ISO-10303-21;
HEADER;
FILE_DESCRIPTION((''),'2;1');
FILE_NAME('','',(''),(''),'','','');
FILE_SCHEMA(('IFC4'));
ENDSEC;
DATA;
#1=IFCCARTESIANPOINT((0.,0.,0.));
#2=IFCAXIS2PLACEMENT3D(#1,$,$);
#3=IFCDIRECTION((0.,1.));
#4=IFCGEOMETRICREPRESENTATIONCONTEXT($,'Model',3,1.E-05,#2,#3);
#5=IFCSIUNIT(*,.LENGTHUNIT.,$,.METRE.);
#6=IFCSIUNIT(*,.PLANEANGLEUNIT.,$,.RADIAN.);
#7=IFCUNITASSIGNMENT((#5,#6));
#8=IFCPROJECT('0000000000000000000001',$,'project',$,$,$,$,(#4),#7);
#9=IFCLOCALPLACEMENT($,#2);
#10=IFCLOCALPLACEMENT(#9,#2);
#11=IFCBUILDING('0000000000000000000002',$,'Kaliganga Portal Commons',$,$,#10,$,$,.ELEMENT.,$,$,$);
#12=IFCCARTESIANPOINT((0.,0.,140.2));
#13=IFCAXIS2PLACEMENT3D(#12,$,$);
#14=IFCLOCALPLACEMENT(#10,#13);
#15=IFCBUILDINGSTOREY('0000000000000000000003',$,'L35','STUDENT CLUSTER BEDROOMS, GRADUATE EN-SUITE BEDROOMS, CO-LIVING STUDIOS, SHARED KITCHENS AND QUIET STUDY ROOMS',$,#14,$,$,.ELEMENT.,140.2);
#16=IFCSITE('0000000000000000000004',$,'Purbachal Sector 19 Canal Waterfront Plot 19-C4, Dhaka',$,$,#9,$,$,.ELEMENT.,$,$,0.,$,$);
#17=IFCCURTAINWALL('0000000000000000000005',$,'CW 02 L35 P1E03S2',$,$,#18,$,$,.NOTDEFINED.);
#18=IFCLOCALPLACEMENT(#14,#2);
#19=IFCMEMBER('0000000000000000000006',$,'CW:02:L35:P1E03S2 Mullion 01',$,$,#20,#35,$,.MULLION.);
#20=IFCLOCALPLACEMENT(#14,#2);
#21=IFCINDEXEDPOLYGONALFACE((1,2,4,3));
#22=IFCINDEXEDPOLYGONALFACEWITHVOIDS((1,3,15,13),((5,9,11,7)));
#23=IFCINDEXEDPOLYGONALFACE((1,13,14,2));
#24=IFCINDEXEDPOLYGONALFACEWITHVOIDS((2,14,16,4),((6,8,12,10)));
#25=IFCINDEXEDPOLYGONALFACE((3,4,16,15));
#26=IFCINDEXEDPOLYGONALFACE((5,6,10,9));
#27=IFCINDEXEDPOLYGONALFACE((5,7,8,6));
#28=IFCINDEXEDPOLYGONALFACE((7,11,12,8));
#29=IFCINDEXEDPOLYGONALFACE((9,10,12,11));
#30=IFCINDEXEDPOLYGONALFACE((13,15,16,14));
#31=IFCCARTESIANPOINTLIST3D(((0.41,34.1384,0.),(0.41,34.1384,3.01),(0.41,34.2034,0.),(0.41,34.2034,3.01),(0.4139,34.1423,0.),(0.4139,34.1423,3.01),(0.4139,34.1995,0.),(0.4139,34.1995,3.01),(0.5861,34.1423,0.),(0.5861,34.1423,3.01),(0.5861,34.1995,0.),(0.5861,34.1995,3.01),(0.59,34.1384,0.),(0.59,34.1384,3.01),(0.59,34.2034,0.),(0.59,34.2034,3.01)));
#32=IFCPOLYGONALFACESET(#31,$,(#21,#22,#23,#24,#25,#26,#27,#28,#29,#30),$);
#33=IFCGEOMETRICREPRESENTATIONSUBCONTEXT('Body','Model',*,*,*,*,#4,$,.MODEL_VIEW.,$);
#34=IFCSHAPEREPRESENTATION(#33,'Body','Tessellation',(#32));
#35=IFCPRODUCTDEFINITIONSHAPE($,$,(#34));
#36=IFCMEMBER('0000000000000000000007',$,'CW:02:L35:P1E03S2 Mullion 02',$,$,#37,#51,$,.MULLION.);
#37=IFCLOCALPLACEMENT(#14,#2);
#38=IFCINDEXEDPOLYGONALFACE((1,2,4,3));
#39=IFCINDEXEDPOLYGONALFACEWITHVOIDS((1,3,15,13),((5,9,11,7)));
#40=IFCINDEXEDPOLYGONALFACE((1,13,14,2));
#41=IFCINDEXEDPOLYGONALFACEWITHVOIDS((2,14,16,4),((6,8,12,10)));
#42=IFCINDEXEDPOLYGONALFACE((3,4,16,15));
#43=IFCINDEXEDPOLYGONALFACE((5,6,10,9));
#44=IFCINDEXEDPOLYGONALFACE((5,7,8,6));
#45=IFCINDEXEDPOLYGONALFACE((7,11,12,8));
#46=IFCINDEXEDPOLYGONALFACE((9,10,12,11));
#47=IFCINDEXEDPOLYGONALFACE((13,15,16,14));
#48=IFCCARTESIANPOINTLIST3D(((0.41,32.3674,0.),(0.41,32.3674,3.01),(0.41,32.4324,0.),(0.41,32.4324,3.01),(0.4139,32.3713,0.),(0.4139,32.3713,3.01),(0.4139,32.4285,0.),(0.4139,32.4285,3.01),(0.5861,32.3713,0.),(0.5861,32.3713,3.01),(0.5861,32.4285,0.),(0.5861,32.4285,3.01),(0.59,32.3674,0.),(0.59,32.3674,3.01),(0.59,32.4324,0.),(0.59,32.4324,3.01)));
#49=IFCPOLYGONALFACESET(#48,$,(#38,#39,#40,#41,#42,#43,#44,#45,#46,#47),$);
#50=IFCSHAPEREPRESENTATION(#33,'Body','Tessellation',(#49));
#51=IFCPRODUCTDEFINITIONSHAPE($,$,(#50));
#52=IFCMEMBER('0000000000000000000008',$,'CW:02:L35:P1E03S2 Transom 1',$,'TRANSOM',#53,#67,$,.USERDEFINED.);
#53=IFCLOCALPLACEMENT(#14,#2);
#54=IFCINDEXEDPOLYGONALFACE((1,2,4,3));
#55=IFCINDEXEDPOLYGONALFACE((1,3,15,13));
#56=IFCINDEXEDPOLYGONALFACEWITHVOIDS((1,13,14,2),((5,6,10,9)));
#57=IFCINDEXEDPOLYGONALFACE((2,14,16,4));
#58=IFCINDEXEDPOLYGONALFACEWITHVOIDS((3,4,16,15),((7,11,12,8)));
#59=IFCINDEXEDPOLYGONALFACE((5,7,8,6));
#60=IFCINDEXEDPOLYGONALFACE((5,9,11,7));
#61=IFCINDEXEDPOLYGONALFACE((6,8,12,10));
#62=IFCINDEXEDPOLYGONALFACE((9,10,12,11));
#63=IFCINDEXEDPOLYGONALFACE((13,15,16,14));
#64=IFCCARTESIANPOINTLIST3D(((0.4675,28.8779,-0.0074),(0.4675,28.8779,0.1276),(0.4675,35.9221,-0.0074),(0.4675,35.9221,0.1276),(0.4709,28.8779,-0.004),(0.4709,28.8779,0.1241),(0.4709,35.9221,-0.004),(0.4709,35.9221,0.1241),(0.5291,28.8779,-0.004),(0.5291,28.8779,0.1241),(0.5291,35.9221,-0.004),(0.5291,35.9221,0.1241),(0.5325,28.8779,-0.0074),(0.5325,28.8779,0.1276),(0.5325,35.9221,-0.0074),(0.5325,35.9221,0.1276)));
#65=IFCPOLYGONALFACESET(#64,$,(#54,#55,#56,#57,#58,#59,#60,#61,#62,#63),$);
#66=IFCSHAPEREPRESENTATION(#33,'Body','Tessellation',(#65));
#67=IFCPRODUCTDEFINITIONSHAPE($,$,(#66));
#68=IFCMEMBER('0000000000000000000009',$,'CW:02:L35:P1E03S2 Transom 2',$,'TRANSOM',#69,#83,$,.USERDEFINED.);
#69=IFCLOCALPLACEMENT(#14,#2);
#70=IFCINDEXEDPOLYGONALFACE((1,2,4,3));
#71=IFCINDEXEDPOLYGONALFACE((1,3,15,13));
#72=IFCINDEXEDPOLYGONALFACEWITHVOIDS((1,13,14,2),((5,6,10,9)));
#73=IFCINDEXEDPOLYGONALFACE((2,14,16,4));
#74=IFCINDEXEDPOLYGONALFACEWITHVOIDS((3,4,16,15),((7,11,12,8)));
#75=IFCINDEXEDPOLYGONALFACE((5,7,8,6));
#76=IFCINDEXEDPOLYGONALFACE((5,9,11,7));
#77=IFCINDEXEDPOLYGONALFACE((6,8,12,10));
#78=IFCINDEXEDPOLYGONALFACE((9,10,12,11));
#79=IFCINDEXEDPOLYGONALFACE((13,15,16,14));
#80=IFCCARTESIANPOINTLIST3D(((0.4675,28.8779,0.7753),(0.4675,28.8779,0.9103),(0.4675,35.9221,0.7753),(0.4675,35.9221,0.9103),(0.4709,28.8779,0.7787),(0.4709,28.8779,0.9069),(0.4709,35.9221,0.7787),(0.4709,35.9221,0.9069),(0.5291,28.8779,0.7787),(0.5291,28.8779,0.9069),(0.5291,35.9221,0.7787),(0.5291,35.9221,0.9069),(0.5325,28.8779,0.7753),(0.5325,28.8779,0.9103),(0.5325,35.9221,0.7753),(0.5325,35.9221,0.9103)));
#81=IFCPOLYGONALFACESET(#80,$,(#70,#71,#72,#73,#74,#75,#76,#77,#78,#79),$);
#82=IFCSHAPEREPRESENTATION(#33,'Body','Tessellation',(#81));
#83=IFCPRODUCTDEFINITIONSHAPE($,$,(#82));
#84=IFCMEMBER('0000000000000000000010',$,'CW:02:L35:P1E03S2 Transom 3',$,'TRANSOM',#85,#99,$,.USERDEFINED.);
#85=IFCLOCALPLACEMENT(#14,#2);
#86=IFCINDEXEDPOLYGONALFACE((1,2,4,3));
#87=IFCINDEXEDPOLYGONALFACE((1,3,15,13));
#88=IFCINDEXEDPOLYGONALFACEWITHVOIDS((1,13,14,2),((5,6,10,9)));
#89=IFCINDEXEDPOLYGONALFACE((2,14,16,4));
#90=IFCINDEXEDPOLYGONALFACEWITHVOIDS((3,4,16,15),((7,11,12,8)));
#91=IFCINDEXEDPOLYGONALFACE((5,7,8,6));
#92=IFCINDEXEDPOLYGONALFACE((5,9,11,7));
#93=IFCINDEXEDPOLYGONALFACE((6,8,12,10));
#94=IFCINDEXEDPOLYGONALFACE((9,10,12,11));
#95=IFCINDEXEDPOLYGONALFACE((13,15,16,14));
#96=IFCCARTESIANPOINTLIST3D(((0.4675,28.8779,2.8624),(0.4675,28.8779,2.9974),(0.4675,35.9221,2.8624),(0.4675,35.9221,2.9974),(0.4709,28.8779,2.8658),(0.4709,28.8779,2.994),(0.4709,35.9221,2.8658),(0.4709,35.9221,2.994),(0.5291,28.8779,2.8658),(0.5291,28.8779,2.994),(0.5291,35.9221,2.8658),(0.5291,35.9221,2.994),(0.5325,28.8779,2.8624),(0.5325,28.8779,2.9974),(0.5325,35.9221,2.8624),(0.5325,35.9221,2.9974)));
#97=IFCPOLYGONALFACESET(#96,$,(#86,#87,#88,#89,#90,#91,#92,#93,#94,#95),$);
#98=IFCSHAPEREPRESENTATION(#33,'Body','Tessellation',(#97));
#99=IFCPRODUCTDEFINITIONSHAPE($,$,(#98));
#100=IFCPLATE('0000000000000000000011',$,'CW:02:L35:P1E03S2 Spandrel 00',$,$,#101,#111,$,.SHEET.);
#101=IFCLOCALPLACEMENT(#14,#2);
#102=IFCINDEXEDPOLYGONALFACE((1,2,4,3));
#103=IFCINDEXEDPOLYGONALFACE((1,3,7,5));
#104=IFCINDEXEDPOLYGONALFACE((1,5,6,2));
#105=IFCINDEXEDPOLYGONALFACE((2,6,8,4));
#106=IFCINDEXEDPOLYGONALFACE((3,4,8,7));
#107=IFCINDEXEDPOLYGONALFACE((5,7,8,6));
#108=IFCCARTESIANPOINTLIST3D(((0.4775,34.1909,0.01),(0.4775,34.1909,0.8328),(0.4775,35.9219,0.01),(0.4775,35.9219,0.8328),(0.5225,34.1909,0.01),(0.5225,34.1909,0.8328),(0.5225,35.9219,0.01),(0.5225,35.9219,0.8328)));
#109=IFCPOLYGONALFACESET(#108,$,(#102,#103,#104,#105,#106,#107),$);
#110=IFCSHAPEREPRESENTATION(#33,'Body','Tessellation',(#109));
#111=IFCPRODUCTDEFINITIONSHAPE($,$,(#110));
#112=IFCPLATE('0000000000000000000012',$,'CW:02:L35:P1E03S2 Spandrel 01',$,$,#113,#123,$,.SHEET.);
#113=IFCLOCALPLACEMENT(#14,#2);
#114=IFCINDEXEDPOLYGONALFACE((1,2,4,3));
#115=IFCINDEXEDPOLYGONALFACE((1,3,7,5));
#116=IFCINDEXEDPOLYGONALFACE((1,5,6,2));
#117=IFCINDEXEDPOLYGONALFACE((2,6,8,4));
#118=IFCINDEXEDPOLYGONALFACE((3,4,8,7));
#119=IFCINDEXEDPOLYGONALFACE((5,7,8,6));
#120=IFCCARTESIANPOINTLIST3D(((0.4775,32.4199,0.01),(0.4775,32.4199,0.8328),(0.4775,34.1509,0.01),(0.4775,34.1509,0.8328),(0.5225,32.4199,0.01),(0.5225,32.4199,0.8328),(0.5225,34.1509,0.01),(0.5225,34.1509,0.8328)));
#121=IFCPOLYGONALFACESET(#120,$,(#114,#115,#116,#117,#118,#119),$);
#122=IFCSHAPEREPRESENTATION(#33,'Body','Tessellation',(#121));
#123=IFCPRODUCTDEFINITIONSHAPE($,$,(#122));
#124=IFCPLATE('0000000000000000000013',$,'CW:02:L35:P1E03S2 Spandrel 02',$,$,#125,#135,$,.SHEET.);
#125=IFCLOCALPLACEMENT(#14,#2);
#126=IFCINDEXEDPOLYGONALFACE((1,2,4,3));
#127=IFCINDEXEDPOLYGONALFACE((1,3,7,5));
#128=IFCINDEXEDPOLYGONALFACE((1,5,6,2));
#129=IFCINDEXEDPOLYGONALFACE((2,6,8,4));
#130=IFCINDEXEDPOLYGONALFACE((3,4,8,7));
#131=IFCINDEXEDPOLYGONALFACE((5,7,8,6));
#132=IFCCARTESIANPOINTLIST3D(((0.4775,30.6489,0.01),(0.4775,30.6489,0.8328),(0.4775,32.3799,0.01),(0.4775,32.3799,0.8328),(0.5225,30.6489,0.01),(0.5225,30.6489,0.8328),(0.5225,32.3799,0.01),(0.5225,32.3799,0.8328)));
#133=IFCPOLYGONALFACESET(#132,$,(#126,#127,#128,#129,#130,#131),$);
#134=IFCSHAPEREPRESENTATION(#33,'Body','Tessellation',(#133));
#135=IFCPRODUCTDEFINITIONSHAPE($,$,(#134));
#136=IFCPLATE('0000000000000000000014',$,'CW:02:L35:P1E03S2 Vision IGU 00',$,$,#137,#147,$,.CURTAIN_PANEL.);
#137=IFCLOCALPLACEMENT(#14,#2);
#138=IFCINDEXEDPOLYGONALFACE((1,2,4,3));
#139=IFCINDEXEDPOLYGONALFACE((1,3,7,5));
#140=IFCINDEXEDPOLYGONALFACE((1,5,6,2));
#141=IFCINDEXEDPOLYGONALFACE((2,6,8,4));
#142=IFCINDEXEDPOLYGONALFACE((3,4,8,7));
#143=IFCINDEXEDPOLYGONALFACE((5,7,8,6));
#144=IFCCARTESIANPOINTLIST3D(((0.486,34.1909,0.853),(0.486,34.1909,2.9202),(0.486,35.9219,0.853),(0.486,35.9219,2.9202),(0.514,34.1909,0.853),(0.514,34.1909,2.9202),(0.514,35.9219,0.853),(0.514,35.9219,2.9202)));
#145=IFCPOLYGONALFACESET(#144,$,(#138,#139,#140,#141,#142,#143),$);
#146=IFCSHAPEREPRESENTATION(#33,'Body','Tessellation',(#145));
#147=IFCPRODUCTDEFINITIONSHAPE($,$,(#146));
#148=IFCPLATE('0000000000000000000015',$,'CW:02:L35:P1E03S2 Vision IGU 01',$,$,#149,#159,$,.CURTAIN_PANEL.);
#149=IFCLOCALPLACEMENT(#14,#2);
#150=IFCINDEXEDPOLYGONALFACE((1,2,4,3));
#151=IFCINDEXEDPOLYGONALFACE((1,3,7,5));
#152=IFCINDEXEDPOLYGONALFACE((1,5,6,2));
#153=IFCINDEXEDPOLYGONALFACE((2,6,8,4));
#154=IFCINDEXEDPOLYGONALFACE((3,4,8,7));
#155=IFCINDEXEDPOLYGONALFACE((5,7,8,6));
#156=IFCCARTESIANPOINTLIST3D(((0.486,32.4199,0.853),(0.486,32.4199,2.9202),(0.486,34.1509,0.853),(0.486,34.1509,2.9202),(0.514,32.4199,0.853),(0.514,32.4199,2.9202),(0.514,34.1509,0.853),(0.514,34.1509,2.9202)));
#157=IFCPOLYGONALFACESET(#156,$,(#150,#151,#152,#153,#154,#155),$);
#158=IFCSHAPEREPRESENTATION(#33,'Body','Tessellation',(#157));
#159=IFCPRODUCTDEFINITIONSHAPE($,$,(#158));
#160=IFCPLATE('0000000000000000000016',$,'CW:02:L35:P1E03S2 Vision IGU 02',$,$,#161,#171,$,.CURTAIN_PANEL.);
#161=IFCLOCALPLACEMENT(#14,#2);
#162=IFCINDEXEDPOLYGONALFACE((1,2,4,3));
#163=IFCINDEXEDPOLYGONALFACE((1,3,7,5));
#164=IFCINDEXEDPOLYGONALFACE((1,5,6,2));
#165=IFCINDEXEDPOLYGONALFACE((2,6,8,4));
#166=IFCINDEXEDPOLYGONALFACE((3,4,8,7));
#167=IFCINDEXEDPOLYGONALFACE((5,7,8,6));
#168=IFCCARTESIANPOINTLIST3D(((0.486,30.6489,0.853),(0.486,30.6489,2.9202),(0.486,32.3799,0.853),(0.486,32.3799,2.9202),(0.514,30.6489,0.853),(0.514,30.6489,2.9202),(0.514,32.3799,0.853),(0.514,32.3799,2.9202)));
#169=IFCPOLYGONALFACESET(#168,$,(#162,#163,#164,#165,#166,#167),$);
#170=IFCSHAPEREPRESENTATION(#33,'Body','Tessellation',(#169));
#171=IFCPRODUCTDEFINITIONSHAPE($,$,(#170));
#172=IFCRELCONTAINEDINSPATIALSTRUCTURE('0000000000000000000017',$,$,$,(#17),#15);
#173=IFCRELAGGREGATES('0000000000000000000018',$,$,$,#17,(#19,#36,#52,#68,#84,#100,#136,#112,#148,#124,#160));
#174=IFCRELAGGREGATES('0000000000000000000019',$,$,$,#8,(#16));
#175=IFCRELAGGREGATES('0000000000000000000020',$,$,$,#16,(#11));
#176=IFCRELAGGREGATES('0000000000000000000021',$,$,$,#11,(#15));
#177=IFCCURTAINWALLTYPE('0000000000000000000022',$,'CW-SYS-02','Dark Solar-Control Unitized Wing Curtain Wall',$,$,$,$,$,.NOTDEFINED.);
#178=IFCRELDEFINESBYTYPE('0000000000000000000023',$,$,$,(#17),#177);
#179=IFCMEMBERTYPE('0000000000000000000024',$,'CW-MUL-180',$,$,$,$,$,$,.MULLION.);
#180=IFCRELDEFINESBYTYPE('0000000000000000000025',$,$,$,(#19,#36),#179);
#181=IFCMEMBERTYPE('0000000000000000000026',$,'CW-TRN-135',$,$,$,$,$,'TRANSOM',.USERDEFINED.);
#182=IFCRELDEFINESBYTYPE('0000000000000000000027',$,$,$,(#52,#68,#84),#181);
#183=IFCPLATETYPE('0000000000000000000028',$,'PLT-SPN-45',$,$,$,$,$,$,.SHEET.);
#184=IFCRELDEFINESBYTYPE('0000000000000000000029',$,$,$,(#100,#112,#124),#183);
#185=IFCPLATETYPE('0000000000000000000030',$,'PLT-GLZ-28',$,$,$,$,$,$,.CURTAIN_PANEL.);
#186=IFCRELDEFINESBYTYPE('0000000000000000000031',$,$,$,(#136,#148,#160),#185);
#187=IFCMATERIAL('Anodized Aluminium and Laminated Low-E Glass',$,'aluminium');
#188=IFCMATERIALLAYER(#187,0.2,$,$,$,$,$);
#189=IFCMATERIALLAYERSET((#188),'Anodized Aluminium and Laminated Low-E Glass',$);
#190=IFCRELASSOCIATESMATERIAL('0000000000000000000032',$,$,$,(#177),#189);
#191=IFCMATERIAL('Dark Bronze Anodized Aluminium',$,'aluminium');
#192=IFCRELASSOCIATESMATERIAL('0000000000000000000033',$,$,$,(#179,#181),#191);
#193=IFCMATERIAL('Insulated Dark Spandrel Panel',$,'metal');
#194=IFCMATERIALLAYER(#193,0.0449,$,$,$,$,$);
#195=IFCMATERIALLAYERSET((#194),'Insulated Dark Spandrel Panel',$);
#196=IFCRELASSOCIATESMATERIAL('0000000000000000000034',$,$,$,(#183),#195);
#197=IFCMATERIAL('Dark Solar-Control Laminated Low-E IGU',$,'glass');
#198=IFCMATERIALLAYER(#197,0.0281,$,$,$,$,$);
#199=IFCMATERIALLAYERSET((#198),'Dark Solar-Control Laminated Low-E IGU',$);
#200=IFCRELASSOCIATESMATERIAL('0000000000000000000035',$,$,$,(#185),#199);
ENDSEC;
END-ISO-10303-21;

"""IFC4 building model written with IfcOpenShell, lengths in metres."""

from ifc_helpers import new_model, si_unit, direction, frame, origin, origin_2d, place, context, subcontext, project, spatial, rectangle, hollow_rectangle, extrude, source, transform, mapped, material, layer, layer_set, material_profile, profile_set, type_object, element, aggregate, save


model = new_model("IFC4")

# Units and contexts
model_context = context("Model", 3, precision=1e-05, world=origin(), true_north=direction((0.0, 1.0)))
body_context = subcontext(model_context, "Body", "Model", "MODEL_VIEW")
ifc_project = project(units=[si_unit("LENGTHUNIT", "METRE"), si_unit("PLANEANGLEUNIT", "RADIAN")], contexts=[model_context])

# Site, building, storey
site_placement = place(None, origin())
site = spatial("IfcSite", under=ifc_project, at=site_placement, Name="Purbachal Sector 19 Canal Waterfront Plot 19-C4, Dhaka", CompositionType="ELEMENT", RefElevation=0.0)
building_placement = place(site_placement, origin())
building = spatial("IfcBuilding", under=site, at=building_placement, Name="Kaliganga Portal Commons", CompositionType="ELEMENT")
storey_placement = place(building_placement, frame((0.0, 0.0, 140.2)))
storey = spatial("IfcBuildingStorey", under=building, at=storey_placement, Name="L35", Description="STUDENT CLUSTER BEDROOMS, GRADUATE EN-SUITE BEDROOMS, CO-LIVING STUDIOS, SHARED KITCHENS AND QUIET STUDY ROOMS", CompositionType="ELEMENT", Elevation=140.2)

# Curtain wall, members, plates
ifc_material_1 = material(Name="Anodized Aluminium and Laminated Low-E Glass", Category="aluminium")
ifc_layer_1 = layer(ifc_material_1, 0.2)
ifc_layer_set_1 = layer_set([ifc_layer_1], Name="Anodized Aluminium and Laminated Low-E Glass")
curtain_wall_type = type_object("IfcCurtainWallType", Name="CW-SYS-02", Description="Dark Solar-Control Unitized Wing Curtain Wall", PredefinedType="NOTDEFINED", material=ifc_layer_set_1)
curtain_wall_placement = place(storey_placement, origin())
curtain_wall = element("IfcCurtainWall", 1, at=curtain_wall_placement, inside=storey, type_object=curtain_wall_type, Name="CW 02 L35 P1E03S2", PredefinedType="NOTDEFINED")
ifc_material_2 = material(Name="Dark Bronze Anodized Aluminium", Category="aluminium")
ifc_material_profile_1 = material_profile(ifc_material_2, hollow_rectangle(XDim=0.0649, YDim=0.1799, WallThickness=0.0039, at=origin_2d()), Name="ALU MULL 65x180x4")
ifc_profile_set_1 = profile_set([ifc_material_profile_1], Name="Dark Bronze Anodized Aluminium")
member_type_1 = type_object("IfcMemberType", Name="CW-MUL-180", PredefinedType="MULLION", material=ifc_profile_set_1)
shared_shape_1 = source(origin(), body_context, "Body", "SweptSolid", [
    extrude(hollow_rectangle(XDim=0.0649, YDim=0.1799, WallThickness=0.0039, at=origin_2d()), origin(), (0.0, 0.0, 1.0), 3.01),
])
member_1_placement = place(storey_placement, frame((0.5, 34.1709, 0.0), z_axis=(0.0, 0.0, 1.0), x_axis=(0.0, -1.0, 0.0)))
member_1 = element("IfcMember", 2, at=member_1_placement, type_object=member_type_1, Name="CW:02:L35:P1E03S2 Mullion 01", PredefinedType="MULLION", context=body_context, shape_type="MappedRepresentation", body=[
    mapped(shared_shape_1, transform((0.0, 0.0, 0.0), x_axis=(1.0, 0.0, 0.0), y_axis=(0.0, 1.0, 0.0), z_axis=(0.0, 0.0, 1.0), scale=1.0)),
])
member_2_placement = place(storey_placement, frame((0.5, 32.3999, 0.0), z_axis=(0.0, 0.0, 1.0), x_axis=(0.0, -1.0, 0.0)))
member_2 = element("IfcMember", 3, at=member_2_placement, type_object=member_type_1, Name="CW:02:L35:P1E03S2 Mullion 02", PredefinedType="MULLION", context=body_context, shape_type="MappedRepresentation", body=[
    mapped(shared_shape_1, transform((0.0, 0.0, 0.0), x_axis=(1.0, 0.0, 0.0), y_axis=(0.0, 1.0, 0.0), z_axis=(0.0, 0.0, 1.0), scale=1.0)),
])
ifc_material_profile_2 = material_profile(ifc_material_2, hollow_rectangle(XDim=0.0649, YDim=0.135, WallThickness=0.0034, at=origin_2d()), Name="ALU TRAN 65x135x3.5")
ifc_profile_set_2 = profile_set([ifc_material_profile_2], Name="Dark Bronze Anodized Aluminium")
member_type_2 = type_object("IfcMemberType", Name="CW-TRN-135", ElementType="TRANSOM", PredefinedType="USERDEFINED", material=ifc_profile_set_2)
shared_shape_2 = source(origin(), body_context, "Body", "SweptSolid", [
    extrude(hollow_rectangle(XDim=0.0649, YDim=0.135, WallThickness=0.0034, at=origin_2d()), origin(), (0.0, 0.0, 1.0), 7.0442),
])
member_3_placement = place(storey_placement, frame((0.5, 35.9221, 0.0601), z_axis=(0.0, -1.0, 0.0), x_axis=(1.0, 0.0, 0.0)))
member_3 = element("IfcMember", 4, at=member_3_placement, type_object=member_type_2, Name="CW:02:L35:P1E03S2 Transom 1", ObjectType="TRANSOM", PredefinedType="USERDEFINED", context=body_context, shape_type="MappedRepresentation", body=[
    mapped(shared_shape_2, transform((0.0, 0.0, 0.0), x_axis=(1.0, 0.0, 0.0), y_axis=(0.0, 1.0, 0.0), z_axis=(0.0, 0.0, 1.0), scale=1.0)),
])
member_4_placement = place(storey_placement, frame((0.5, 35.9221, 0.8428), z_axis=(0.0, -1.0, 0.0), x_axis=(1.0, 0.0, 0.0)))
member_4 = element("IfcMember", 5, at=member_4_placement, type_object=member_type_2, Name="CW:02:L35:P1E03S2 Transom 2", ObjectType="TRANSOM", PredefinedType="USERDEFINED", context=body_context, shape_type="MappedRepresentation", body=[
    mapped(shared_shape_2, transform((0.0, 0.0, 0.0), x_axis=(1.0, 0.0, 0.0), y_axis=(0.0, 1.0, 0.0), z_axis=(0.0, 0.0, 1.0), scale=1.0)),
])
member_5_placement = place(storey_placement, frame((0.5, 35.9221, 2.9299), z_axis=(0.0, -1.0, 0.0), x_axis=(1.0, 0.0, 0.0)))
member_5 = element("IfcMember", 6, at=member_5_placement, type_object=member_type_2, Name="CW:02:L35:P1E03S2 Transom 3", ObjectType="TRANSOM", PredefinedType="USERDEFINED", context=body_context, shape_type="MappedRepresentation", body=[
    mapped(shared_shape_2, transform((0.0, 0.0, 0.0), x_axis=(1.0, 0.0, 0.0), y_axis=(0.0, 1.0, 0.0), z_axis=(0.0, 0.0, 1.0), scale=1.0)),
])
ifc_material_3 = material(Name="Insulated Dark Spandrel Panel", Category="metal")
ifc_layer_2 = layer(ifc_material_3, 0.0449)
ifc_layer_set_2 = layer_set([ifc_layer_2], Name="Insulated Dark Spandrel Panel")
plate_type_1 = type_object("IfcPlateType", Name="PLT-SPN-45", PredefinedType="SHEET", material=ifc_layer_set_2)
shared_shape_3 = source(origin(), body_context, "Body", "SweptSolid", [
    extrude(rectangle(XDim=1.731, YDim=0.0449, at=origin_2d()), origin(), (0.0, 0.0, 1.0), 0.8228),
])
plate_1_placement = place(storey_placement, frame((0.5, 35.0564, 0.01), z_axis=(0.0, 0.0, 1.0), x_axis=(0.0, -1.0, 0.0)))
plate_1 = element("IfcPlate", 7, at=plate_1_placement, type_object=plate_type_1, Name="CW:02:L35:P1E03S2 Spandrel 00", PredefinedType="SHEET", context=body_context, shape_type="MappedRepresentation", body=[
    mapped(shared_shape_3, transform((0.0, 0.0, 0.0), x_axis=(1.0, 0.0, 0.0), y_axis=(0.0, 1.0, 0.0), z_axis=(0.0, 0.0, 1.0), scale=1.0)),
])
plate_2_placement = place(storey_placement, frame((0.5, 33.2854, 0.01), z_axis=(0.0, 0.0, 1.0), x_axis=(0.0, -1.0, 0.0)))
plate_2 = element("IfcPlate", 8, at=plate_2_placement, type_object=plate_type_1, Name="CW:02:L35:P1E03S2 Spandrel 01", PredefinedType="SHEET", context=body_context, shape_type="MappedRepresentation", body=[
    mapped(shared_shape_3, transform((0.0, 0.0, 0.0), x_axis=(1.0, 0.0, 0.0), y_axis=(0.0, 1.0, 0.0), z_axis=(0.0, 0.0, 1.0), scale=1.0)),
])
plate_3_placement = place(storey_placement, frame((0.5, 31.5144, 0.01), z_axis=(0.0, 0.0, 1.0), x_axis=(0.0, -1.0, 0.0)))
plate_3 = element("IfcPlate", 9, at=plate_3_placement, type_object=plate_type_1, Name="CW:02:L35:P1E03S2 Spandrel 02", PredefinedType="SHEET", context=body_context, shape_type="MappedRepresentation", body=[
    mapped(shared_shape_3, transform((0.0, 0.0, 0.0), x_axis=(1.0, 0.0, 0.0), y_axis=(0.0, 1.0, 0.0), z_axis=(0.0, 0.0, 1.0), scale=1.0)),
])
ifc_material_4 = material(Name="Dark Solar-Control Laminated Low-E IGU", Category="glass")
ifc_layer_3 = layer(ifc_material_4, 0.0281)
ifc_layer_set_3 = layer_set([ifc_layer_3], Name="Dark Solar-Control Laminated Low-E IGU")
plate_type_2 = type_object("IfcPlateType", Name="PLT-GLZ-28", PredefinedType="CURTAIN_PANEL", material=ifc_layer_set_3)
shared_shape_4 = source(origin(), body_context, "Body", "SweptSolid", [
    extrude(rectangle(XDim=1.731, YDim=0.0281, at=origin_2d()), origin(), (0.0, 0.0, 1.0), 2.0671),
])
plate_4_placement = place(storey_placement, frame((0.5, 35.0564, 0.853), z_axis=(0.0, 0.0, 1.0), x_axis=(0.0, -1.0, 0.0)))
plate_4 = element("IfcPlate", 10, at=plate_4_placement, type_object=plate_type_2, Name="CW:02:L35:P1E03S2 Vision IGU 00", PredefinedType="CURTAIN_PANEL", context=body_context, shape_type="MappedRepresentation", body=[
    mapped(shared_shape_4, transform((0.0, 0.0, 0.0), x_axis=(1.0, 0.0, 0.0), y_axis=(0.0, 1.0, 0.0), z_axis=(0.0, 0.0, 1.0), scale=1.0)),
])
plate_5_placement = place(storey_placement, frame((0.5, 33.2854, 0.853), z_axis=(0.0, 0.0, 1.0), x_axis=(0.0, -1.0, 0.0)))
plate_5 = element("IfcPlate", 11, at=plate_5_placement, type_object=plate_type_2, Name="CW:02:L35:P1E03S2 Vision IGU 01", PredefinedType="CURTAIN_PANEL", context=body_context, shape_type="MappedRepresentation", body=[
    mapped(shared_shape_4, transform((0.0, 0.0, 0.0), x_axis=(1.0, 0.0, 0.0), y_axis=(0.0, 1.0, 0.0), z_axis=(0.0, 0.0, 1.0), scale=1.0)),
])
plate_6_placement = place(storey_placement, frame((0.5, 31.5144, 0.853), z_axis=(0.0, 0.0, 1.0), x_axis=(0.0, -1.0, 0.0)))
plate_6 = element("IfcPlate", 12, at=plate_6_placement, type_object=plate_type_2, Name="CW:02:L35:P1E03S2 Vision IGU 02", PredefinedType="CURTAIN_PANEL", context=body_context, shape_type="MappedRepresentation", body=[
    mapped(shared_shape_4, transform((0.0, 0.0, 0.0), x_axis=(1.0, 0.0, 0.0), y_axis=(0.0, 1.0, 0.0), z_axis=(0.0, 0.0, 1.0), scale=1.0)),
])
aggregate(curtain_wall, [member_1, member_2, member_3, member_4, member_5, plate_1, plate_4, plate_2, plate_5, plate_3, plate_6])

save(model, "model.ifc")
